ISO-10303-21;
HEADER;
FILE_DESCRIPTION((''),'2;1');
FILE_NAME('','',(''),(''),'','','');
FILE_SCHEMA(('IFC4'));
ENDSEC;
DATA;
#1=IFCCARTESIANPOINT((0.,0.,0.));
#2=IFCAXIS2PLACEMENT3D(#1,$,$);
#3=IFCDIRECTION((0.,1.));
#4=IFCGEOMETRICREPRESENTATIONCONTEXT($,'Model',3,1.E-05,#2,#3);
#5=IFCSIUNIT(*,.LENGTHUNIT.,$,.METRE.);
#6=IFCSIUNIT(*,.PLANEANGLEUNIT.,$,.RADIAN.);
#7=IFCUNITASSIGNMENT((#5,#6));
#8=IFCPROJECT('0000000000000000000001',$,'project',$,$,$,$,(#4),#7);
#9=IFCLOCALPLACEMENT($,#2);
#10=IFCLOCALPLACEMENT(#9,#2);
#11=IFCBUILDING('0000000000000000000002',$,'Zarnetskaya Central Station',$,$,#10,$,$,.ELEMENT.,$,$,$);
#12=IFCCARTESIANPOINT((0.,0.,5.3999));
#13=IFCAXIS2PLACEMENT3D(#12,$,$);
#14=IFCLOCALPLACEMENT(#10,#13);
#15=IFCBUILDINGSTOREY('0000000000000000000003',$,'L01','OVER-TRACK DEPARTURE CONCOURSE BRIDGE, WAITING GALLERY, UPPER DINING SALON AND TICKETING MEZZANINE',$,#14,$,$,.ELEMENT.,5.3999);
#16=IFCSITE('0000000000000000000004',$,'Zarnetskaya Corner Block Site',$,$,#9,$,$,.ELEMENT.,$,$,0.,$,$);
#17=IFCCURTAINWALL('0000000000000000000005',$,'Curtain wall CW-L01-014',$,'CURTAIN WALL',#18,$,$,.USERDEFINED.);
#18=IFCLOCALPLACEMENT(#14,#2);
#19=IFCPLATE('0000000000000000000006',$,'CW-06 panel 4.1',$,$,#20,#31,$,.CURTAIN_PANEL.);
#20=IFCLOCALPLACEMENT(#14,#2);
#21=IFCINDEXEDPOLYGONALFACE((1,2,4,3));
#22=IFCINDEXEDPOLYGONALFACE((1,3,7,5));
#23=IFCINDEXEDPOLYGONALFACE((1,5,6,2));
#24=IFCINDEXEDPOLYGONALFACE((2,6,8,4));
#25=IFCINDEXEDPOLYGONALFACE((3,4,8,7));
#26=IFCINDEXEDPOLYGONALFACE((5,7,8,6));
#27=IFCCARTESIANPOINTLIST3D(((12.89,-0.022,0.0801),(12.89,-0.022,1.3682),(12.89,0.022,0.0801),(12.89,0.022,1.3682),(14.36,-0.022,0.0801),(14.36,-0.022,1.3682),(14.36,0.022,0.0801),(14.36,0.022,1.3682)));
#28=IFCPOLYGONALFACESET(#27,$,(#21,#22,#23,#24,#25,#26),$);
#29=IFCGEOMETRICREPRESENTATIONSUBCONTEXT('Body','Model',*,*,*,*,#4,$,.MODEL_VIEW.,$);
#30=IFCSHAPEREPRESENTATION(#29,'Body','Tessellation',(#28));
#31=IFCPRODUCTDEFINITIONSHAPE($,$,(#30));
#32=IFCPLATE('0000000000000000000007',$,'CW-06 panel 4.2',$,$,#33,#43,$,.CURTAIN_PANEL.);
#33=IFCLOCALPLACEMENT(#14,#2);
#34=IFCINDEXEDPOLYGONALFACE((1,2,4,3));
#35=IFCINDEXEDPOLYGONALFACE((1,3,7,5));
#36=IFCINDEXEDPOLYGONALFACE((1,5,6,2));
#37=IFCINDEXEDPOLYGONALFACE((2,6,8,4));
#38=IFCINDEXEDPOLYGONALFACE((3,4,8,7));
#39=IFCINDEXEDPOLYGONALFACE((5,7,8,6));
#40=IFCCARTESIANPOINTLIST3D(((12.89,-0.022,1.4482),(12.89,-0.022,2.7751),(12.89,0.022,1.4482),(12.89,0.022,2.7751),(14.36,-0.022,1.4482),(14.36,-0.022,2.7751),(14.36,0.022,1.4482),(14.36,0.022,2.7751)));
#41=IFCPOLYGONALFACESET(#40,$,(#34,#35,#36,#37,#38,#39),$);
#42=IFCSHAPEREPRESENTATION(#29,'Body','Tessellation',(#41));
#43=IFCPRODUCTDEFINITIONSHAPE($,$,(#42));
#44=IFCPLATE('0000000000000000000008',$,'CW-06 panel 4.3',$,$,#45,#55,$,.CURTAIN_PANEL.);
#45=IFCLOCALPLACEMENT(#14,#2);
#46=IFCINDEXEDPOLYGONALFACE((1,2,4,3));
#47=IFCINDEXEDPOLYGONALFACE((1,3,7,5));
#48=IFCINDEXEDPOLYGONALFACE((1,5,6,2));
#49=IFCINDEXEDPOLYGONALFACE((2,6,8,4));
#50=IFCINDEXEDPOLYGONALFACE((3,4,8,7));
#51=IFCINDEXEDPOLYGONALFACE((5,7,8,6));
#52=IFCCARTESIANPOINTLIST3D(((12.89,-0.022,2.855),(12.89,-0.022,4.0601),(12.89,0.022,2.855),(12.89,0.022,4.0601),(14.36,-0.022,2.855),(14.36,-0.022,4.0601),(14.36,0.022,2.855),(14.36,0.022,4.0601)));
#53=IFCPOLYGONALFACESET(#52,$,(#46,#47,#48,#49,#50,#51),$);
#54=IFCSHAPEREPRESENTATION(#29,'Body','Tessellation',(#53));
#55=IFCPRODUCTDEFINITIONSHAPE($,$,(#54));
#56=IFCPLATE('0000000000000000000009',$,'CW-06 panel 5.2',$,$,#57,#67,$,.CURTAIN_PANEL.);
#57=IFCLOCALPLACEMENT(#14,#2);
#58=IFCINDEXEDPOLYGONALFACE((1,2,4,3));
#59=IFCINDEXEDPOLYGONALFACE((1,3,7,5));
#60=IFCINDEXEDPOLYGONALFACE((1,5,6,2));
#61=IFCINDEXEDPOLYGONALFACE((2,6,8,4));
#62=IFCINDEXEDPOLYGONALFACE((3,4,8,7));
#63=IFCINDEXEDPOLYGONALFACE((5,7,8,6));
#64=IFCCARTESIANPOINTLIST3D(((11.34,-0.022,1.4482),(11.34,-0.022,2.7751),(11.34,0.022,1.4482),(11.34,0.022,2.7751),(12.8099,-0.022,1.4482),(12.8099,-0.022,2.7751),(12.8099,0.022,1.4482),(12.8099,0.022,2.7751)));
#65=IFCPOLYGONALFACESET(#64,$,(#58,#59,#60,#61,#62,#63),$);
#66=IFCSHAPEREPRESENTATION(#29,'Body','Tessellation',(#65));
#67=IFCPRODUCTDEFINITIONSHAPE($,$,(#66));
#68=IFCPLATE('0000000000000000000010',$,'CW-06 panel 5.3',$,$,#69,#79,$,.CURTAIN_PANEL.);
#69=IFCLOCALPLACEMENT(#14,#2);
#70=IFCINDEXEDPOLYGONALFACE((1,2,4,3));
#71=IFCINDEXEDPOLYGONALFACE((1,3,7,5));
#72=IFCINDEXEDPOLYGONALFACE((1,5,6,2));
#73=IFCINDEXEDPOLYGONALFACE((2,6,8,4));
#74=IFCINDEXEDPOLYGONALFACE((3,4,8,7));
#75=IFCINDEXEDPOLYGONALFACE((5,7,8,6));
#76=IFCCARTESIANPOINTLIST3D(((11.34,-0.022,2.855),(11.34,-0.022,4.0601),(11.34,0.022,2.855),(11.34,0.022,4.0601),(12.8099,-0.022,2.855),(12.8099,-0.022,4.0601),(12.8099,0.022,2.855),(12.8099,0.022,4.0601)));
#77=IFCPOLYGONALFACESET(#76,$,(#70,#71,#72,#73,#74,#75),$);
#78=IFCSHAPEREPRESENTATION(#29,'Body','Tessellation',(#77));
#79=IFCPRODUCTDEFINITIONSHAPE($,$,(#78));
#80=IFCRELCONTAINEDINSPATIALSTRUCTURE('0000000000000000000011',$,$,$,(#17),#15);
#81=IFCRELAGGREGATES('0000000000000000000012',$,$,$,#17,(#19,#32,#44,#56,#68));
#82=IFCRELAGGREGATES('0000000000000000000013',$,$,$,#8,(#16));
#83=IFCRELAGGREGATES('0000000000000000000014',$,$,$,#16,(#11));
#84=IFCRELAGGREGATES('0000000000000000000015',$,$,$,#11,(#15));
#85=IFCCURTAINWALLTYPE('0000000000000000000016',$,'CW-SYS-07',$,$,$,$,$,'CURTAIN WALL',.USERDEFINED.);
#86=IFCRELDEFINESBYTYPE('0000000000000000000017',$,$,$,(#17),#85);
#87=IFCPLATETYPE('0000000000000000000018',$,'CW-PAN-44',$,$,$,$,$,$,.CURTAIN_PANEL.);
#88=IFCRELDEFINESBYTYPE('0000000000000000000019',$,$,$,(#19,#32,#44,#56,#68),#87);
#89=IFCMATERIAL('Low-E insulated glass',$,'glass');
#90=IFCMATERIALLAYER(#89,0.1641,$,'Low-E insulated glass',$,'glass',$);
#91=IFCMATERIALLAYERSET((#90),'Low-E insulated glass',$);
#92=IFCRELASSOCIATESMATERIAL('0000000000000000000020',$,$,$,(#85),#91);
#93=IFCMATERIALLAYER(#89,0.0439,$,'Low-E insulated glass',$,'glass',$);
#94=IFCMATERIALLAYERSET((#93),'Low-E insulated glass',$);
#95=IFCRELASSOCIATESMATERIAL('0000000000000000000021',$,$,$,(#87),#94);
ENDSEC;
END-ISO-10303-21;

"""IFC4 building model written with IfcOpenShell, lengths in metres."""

from ifc_helpers import new_model, si_unit, direction, frame, origin, origin_2d, place, context, subcontext, project, spatial, rectangle, extrude, material, layer, layer_set, type_object, element, aggregate, save


model = new_model("IFC4")

# Units and contexts
model_context = context("Model", 3, precision=1e-05, world=origin(), true_north=direction((0.0, 1.0)))
body_context = subcontext(model_context, "Body", "Model", "MODEL_VIEW")
ifc_project = project(units=[si_unit("LENGTHUNIT", "METRE"), si_unit("PLANEANGLEUNIT", "RADIAN")], contexts=[model_context])

# Site, building, storey
site_placement = place(None, origin())
site = spatial("IfcSite", under=ifc_project, at=site_placement, Name="Zarnetskaya Corner Block Site", CompositionType="ELEMENT", RefElevation=0.0)
building_placement = place(site_placement, origin())
building = spatial("IfcBuilding", under=site, at=building_placement, Name="Zarnetskaya Central Station", CompositionType="ELEMENT")
storey_placement = place(building_placement, frame((0.0, 0.0, 5.3999)))
storey = spatial("IfcBuildingStorey", under=building, at=storey_placement, Name="L01", Description="OVER-TRACK DEPARTURE CONCOURSE BRIDGE, WAITING GALLERY, UPPER DINING SALON AND TICKETING MEZZANINE", CompositionType="ELEMENT", Elevation=5.3999)

# Curtain wall, plates
ifc_material_1 = material(Name="Low-E insulated glass", Category="glass")
ifc_layer_1 = layer(ifc_material_1, 0.1641, Name="Low-E insulated glass", Category="glass")
ifc_layer_set_1 = layer_set([ifc_layer_1], Name="Low-E insulated glass")
curtain_wall_type = type_object("IfcCurtainWallType", Name="CW-SYS-07", ElementType="CURTAIN WALL", PredefinedType="USERDEFINED", material=ifc_layer_set_1)
curtain_wall_placement = place(storey_placement, origin())
curtain_wall = element("IfcCurtainWall", 1, at=curtain_wall_placement, inside=storey, type_object=curtain_wall_type, Name="Curtain wall CW-L01-014", ObjectType="CURTAIN WALL", PredefinedType="USERDEFINED")
ifc_layer_2 = layer(ifc_material_1, 0.0439, Name="Low-E insulated glass", Category="glass")
ifc_layer_set_2 = layer_set([ifc_layer_2], Name="Low-E insulated glass")
plate_type = type_object("IfcPlateType", Name="CW-PAN-44", PredefinedType="CURTAIN_PANEL", material=ifc_layer_set_2)
plate_1_placement = place(storey_placement, frame((13.625, 0.0, 0.0801), z_axis=(0.0, 0.0, 1.0), x_axis=(-1.0, 0.0, 0.0)))
plate_1 = element("IfcPlate", 2, at=plate_1_placement, type_object=plate_type, Name="CW-06 panel 4.1", PredefinedType="CURTAIN_PANEL", context=body_context, shape_type="SweptSolid", body=[
    extrude(rectangle(XDim=1.47, YDim=0.0439, at=origin_2d()), origin(), (0.0, 0.0, 1.0), 1.2881),
])
plate_2_placement = place(storey_placement, frame((13.625, 0.0, 1.4482), z_axis=(0.0, 0.0, 1.0), x_axis=(-1.0, 0.0, 0.0)))
plate_2 = element("IfcPlate", 3, at=plate_2_placement, type_object=plate_type, Name="CW-06 panel 4.2", PredefinedType="CURTAIN_PANEL", context=body_context, shape_type="SweptSolid", body=[
    extrude(rectangle(XDim=1.47, YDim=0.0439, at=origin_2d()), origin(), (0.0, 0.0, 1.0), 1.3269),
])
plate_3_placement = place(storey_placement, frame((13.625, 0.0, 2.855), z_axis=(0.0, 0.0, 1.0), x_axis=(-1.0, 0.0, 0.0)))
plate_3 = element("IfcPlate", 4, at=plate_3_placement, type_object=plate_type, Name="CW-06 panel 4.3", PredefinedType="CURTAIN_PANEL", context=body_context, shape_type="SweptSolid", body=[
    extrude(rectangle(XDim=1.47, YDim=0.0439, at=origin_2d()), origin(), (0.0, 0.0, 1.0), 1.2051),
])
plate_4_placement = place(storey_placement, frame((12.075, 0.0, 1.4482), z_axis=(0.0, 0.0, 1.0), x_axis=(-1.0, 0.0, 0.0)))
plate_4 = element("IfcPlate", 5, at=plate_4_placement, type_object=plate_type, Name="CW-06 panel 5.2", PredefinedType="CURTAIN_PANEL", context=body_context, shape_type="SweptSolid", body=[
    extrude(rectangle(XDim=1.47, YDim=0.0439, at=origin_2d()), origin(), (0.0, 0.0, 1.0), 1.3269),
])
plate_5_placement = place(storey_placement, frame((12.075, 0.0, 2.855), z_axis=(0.0, 0.0, 1.0), x_axis=(-1.0, 0.0, 0.0)))
plate_5 = element("IfcPlate", 6, at=plate_5_placement, type_object=plate_type, Name="CW-06 panel 5.3", PredefinedType="CURTAIN_PANEL", context=body_context, shape_type="SweptSolid", body=[
    extrude(rectangle(XDim=1.47, YDim=0.0439, at=origin_2d()), origin(), (0.0, 0.0, 1.0), 1.2051),
])
aggregate(curtain_wall, [plate_1, plate_2, plate_3, plate_4, plate_5])

save(model, "model.ifc")
